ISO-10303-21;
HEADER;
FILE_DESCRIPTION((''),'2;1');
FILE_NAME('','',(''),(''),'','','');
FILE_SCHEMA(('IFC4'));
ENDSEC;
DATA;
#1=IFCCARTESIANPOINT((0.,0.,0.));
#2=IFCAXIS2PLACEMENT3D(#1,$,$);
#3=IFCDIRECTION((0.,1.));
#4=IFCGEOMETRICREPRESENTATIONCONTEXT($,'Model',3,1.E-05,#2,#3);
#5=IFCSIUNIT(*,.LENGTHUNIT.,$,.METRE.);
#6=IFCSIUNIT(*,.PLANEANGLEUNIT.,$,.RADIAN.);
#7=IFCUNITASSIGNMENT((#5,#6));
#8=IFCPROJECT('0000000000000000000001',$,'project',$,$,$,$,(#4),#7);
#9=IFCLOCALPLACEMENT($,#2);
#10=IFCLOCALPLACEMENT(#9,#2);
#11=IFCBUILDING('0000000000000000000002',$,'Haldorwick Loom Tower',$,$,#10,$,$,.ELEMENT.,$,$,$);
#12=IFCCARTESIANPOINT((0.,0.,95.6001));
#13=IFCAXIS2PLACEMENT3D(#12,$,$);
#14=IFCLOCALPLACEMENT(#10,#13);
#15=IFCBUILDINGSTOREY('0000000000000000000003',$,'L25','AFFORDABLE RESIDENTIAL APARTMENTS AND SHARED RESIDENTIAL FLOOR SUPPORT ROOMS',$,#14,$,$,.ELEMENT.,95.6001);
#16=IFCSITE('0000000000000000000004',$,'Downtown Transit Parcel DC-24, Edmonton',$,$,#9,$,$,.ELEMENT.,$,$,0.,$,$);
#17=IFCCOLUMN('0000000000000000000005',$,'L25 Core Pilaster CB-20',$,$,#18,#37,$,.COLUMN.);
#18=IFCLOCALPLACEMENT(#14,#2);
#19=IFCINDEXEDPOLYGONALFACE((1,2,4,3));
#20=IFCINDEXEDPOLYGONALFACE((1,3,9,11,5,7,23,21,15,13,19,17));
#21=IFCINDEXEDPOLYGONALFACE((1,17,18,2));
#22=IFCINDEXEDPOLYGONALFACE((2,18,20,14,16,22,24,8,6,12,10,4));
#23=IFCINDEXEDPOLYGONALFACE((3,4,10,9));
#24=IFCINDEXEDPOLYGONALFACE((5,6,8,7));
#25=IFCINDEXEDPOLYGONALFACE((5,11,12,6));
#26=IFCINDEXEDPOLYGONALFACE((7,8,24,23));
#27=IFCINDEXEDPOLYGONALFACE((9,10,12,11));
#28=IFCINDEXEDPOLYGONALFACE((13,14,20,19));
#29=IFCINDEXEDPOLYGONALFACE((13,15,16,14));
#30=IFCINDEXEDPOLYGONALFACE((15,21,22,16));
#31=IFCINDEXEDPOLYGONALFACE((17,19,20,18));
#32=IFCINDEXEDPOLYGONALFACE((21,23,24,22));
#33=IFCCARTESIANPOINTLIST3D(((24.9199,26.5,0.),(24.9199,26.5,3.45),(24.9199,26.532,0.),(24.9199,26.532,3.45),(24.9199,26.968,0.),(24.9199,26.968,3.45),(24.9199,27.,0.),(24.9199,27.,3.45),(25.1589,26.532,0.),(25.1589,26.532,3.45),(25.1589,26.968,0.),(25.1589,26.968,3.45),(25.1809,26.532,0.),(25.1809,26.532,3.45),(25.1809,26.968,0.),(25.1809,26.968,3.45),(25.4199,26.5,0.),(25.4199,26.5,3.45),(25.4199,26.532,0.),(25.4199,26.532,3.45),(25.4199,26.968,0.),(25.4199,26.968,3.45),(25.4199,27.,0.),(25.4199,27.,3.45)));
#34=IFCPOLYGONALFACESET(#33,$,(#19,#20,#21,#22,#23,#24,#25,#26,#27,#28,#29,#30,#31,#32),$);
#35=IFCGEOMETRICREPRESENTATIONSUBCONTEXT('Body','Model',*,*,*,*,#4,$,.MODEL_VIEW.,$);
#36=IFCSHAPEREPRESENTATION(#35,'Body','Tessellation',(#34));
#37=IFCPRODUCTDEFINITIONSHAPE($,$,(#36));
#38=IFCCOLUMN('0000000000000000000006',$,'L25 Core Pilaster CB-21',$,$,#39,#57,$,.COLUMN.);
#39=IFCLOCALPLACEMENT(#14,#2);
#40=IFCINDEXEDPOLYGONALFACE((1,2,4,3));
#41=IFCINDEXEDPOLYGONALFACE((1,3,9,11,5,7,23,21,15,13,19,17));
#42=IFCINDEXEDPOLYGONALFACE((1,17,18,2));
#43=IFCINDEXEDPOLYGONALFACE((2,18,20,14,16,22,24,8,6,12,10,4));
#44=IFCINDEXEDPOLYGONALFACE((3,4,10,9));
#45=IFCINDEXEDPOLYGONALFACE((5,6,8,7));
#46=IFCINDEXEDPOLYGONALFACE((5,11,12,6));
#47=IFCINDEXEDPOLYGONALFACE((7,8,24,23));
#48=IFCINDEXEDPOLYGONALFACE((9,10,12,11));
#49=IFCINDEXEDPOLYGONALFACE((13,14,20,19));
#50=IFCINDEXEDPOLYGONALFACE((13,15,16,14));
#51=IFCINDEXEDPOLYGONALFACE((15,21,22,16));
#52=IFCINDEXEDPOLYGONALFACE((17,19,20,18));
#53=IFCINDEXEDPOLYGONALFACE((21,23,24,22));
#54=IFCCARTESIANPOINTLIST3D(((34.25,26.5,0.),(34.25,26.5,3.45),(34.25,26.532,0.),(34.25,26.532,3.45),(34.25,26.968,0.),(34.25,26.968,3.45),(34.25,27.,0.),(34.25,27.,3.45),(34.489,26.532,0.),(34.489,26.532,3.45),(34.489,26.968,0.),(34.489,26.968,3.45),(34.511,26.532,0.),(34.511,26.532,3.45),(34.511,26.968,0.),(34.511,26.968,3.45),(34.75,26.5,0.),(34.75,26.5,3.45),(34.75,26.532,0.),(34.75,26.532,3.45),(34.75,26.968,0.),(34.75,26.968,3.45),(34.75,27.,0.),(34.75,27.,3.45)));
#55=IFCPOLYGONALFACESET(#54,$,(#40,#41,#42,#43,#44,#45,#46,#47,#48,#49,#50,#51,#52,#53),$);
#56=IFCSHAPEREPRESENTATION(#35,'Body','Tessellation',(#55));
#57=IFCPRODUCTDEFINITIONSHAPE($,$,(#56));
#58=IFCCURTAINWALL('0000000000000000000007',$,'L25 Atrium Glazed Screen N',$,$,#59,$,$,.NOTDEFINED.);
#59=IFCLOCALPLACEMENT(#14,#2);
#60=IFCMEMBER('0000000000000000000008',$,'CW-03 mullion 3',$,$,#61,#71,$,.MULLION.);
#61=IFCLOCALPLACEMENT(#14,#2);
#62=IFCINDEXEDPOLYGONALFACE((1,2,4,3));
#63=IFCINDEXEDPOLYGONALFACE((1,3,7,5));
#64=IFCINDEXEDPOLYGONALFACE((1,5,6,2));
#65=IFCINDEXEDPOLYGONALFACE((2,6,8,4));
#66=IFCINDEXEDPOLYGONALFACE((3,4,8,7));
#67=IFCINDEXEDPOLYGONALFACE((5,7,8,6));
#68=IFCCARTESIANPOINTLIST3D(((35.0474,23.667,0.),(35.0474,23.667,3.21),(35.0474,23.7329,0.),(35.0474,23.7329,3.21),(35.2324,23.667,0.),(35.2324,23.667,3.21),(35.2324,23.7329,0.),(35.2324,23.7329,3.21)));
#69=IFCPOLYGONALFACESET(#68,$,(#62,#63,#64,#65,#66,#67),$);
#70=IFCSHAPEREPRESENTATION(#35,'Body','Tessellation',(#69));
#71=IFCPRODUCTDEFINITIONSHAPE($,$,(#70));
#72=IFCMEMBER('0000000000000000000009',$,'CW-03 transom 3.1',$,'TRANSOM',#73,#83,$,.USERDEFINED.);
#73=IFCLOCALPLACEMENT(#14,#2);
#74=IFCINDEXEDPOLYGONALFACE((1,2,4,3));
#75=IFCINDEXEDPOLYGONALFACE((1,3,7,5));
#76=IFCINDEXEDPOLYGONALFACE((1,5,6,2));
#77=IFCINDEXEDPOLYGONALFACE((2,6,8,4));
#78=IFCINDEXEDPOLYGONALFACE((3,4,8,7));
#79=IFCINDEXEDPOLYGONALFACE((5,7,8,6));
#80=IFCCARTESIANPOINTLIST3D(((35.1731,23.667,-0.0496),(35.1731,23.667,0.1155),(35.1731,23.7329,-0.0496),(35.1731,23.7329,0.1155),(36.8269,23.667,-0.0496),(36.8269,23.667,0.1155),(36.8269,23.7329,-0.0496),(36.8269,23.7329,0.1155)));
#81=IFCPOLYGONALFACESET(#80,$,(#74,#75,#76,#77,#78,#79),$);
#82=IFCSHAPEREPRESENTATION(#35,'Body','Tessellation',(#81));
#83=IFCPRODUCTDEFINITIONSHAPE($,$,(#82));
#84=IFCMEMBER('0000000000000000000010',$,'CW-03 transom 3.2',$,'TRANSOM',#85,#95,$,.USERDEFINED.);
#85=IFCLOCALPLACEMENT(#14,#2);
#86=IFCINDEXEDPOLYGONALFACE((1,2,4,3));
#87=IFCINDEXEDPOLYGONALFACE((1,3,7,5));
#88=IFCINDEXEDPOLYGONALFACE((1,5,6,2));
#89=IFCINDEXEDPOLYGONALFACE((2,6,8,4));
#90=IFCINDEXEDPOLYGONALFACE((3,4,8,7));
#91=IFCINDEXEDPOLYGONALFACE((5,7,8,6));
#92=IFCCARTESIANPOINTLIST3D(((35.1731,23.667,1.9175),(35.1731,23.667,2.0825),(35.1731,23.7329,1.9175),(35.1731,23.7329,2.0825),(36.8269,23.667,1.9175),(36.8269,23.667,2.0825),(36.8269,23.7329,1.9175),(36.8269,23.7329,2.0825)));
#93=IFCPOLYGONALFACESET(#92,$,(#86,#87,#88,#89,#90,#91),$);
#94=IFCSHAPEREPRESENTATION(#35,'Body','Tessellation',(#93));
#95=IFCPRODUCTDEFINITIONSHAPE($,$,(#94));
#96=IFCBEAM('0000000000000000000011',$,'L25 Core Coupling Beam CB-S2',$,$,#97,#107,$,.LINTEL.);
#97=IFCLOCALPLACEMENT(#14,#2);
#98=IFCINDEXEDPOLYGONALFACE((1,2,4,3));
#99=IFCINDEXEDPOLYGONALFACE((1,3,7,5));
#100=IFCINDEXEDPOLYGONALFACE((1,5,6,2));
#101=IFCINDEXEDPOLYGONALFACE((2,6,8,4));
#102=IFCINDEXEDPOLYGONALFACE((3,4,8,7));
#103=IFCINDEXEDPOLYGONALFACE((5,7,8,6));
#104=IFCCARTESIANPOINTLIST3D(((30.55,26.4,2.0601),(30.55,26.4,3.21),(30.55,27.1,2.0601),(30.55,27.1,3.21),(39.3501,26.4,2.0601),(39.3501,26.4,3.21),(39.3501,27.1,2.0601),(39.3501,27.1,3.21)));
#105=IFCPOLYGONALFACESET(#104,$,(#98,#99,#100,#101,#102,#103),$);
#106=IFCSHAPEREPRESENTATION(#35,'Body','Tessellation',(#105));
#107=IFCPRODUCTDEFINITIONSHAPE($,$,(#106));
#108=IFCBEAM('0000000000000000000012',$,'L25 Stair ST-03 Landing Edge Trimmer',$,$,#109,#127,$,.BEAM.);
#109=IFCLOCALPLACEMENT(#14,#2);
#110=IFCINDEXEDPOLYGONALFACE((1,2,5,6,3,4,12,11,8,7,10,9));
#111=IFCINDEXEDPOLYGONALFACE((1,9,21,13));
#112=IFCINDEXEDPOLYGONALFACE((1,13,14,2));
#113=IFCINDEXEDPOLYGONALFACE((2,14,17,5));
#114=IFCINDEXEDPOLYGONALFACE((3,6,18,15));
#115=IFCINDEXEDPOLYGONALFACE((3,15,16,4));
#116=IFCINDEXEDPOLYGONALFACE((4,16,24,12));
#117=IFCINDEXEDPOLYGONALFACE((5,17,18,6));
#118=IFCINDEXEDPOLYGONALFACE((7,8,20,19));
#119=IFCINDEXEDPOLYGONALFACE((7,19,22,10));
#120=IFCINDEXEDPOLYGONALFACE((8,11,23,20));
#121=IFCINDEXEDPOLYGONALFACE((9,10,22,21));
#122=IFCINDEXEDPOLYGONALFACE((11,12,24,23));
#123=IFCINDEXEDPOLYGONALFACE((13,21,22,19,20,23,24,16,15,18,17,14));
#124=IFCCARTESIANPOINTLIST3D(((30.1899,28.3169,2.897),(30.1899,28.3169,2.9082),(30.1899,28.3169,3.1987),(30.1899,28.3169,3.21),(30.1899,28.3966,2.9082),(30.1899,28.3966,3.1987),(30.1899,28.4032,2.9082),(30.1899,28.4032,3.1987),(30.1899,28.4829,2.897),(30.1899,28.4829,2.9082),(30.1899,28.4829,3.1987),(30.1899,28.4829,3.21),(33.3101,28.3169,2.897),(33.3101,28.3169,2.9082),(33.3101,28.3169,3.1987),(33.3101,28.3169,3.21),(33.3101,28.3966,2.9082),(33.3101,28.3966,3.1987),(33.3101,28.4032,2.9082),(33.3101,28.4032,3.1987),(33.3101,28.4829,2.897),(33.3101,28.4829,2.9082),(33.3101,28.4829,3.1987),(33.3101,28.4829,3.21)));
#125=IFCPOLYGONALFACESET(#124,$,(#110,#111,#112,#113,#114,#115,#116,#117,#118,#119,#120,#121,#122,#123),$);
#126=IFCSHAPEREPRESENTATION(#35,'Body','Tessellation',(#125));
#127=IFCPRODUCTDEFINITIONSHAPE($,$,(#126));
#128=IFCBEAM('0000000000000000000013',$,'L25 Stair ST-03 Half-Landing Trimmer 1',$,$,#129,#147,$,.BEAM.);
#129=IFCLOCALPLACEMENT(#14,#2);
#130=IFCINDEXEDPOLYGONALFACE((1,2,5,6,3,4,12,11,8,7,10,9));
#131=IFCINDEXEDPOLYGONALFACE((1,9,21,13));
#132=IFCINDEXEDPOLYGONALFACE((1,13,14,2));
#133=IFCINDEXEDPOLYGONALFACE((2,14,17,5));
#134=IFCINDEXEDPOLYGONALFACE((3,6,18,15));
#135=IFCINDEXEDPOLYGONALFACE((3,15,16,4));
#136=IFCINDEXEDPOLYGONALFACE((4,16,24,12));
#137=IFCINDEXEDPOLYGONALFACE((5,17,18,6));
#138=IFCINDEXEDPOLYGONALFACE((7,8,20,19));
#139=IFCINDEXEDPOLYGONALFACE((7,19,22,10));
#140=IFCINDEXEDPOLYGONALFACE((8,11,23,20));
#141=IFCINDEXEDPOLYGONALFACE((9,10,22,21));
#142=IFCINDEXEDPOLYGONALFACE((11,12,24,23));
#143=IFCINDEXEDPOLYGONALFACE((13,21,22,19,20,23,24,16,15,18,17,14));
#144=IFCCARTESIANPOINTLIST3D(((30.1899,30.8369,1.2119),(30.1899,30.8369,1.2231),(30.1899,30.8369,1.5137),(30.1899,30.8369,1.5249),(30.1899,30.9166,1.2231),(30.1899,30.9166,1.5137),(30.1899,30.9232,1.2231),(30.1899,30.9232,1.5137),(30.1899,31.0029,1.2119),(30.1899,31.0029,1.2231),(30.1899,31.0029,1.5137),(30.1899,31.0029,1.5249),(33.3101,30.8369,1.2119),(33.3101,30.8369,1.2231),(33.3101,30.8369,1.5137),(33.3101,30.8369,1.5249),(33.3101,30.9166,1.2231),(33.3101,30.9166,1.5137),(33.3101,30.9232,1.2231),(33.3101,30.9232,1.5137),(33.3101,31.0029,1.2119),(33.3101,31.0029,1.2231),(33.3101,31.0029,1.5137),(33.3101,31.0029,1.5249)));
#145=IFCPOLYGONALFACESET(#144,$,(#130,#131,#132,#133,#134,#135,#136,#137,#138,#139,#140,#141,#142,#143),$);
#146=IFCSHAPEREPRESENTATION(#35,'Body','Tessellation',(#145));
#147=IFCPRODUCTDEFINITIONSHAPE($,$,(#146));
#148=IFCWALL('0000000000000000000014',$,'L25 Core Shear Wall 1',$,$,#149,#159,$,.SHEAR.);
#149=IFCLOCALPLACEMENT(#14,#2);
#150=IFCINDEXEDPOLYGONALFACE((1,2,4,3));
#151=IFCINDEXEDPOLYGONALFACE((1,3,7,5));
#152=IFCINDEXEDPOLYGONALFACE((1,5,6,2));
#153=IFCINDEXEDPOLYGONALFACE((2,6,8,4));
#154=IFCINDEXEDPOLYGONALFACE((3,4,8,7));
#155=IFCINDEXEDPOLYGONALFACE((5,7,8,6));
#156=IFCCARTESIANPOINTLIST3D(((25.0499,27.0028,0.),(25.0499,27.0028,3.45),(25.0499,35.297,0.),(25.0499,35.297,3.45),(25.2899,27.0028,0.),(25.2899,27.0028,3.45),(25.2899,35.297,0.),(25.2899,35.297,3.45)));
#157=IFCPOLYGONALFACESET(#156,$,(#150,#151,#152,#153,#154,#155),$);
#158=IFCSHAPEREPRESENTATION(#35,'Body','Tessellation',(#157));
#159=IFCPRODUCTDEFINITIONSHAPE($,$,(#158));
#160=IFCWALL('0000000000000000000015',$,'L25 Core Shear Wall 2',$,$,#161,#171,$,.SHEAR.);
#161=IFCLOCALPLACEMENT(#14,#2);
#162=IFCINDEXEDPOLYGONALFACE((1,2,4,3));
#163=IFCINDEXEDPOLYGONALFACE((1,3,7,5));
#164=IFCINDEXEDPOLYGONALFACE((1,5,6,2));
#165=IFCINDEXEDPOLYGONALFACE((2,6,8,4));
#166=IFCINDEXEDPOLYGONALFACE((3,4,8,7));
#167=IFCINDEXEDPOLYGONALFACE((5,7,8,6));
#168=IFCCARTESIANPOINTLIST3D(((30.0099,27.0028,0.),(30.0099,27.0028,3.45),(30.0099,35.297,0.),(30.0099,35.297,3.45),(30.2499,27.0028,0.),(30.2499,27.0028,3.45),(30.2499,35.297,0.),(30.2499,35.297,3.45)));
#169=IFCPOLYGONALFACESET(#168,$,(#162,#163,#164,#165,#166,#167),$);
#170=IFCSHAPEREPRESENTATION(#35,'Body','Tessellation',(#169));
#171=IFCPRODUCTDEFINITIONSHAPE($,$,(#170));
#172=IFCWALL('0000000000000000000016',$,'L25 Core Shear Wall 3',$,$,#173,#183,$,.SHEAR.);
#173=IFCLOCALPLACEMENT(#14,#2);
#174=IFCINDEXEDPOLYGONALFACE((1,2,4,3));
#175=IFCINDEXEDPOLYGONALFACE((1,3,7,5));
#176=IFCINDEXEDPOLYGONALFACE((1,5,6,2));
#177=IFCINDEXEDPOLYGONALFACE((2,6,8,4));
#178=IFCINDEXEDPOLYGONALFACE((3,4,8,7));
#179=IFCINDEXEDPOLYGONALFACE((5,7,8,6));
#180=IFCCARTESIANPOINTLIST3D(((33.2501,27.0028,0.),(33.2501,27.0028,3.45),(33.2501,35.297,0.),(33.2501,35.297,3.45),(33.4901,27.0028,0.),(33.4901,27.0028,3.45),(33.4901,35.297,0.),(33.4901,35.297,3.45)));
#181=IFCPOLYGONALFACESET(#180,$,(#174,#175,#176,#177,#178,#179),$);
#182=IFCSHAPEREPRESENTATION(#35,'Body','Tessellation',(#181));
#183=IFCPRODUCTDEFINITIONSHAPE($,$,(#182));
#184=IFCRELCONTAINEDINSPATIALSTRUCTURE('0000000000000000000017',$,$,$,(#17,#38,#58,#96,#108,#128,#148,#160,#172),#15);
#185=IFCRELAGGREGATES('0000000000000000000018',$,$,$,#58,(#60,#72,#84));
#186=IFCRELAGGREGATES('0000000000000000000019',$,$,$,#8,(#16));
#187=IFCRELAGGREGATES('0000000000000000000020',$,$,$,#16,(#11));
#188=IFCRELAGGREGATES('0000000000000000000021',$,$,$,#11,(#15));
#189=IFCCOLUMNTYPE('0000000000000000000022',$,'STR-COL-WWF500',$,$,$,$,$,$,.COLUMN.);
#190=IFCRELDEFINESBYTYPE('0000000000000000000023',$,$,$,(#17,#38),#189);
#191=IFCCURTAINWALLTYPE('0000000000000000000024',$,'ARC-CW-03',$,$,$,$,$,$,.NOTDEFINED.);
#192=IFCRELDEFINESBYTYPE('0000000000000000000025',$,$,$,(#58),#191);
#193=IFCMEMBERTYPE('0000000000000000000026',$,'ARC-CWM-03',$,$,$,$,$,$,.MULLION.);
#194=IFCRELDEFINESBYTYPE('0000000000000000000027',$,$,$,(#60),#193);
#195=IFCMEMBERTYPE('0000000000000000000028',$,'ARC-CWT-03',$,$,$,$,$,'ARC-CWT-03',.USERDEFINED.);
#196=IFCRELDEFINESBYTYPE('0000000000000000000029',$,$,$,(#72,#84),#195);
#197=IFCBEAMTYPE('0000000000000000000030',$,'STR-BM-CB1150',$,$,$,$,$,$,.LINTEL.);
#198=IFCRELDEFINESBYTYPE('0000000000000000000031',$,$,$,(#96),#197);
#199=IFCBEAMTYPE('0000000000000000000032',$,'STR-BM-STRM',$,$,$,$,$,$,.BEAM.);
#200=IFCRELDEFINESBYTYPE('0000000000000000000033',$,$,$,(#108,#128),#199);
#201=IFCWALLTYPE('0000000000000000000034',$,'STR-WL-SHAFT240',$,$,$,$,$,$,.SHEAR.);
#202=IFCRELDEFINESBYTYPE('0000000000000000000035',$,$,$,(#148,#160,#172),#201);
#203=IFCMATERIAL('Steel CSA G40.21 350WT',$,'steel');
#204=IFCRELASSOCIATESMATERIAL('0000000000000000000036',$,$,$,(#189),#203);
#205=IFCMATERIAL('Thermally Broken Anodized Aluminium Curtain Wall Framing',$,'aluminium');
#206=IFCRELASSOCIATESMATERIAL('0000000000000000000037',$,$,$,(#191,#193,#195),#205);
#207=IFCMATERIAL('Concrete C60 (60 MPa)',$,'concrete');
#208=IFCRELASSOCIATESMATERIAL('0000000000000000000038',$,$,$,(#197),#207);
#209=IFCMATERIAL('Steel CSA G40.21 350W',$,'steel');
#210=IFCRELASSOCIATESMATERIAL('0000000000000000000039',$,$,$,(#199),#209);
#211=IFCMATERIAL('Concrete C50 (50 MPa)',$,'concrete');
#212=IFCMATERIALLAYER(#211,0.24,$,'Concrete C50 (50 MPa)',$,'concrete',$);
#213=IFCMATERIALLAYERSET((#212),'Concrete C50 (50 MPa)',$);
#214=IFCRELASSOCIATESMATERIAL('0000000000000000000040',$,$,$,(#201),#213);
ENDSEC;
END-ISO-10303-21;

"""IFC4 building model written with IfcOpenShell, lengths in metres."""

from ifc_helpers import new_model, si_unit, direction, frame, frame_2d, origin, origin_2d, place, context, subcontext, project, spatial, rectangle, i_section, extrude, material, layer, layer_set, material_profile, profile_set, type_object, element, aggregate, save


model = new_model("IFC4")

# Units and contexts
model_context = context("Model", 3, precision=1e-05, world=origin(), true_north=direction((0.0, 1.0)))
body_context = subcontext(model_context, "Body", "Model", "MODEL_VIEW")
ifc_project = project(units=[si_unit("LENGTHUNIT", "METRE"), si_unit("PLANEANGLEUNIT", "RADIAN")], contexts=[model_context])

# Site, building, storey
site_placement = place(None, origin())
site = spatial("IfcSite", under=ifc_project, at=site_placement, Name="Downtown Transit Parcel DC-24, Edmonton", CompositionType="ELEMENT", RefElevation=0.0)
building_placement = place(site_placement, origin())
building = spatial("IfcBuilding", under=site, at=building_placement, Name="Haldorwick Loom Tower", CompositionType="ELEMENT")
storey_placement = place(building_placement, frame((0.0, 0.0, 95.6001)))
storey = spatial("IfcBuildingStorey", under=building, at=storey_placement, Name="L25", Description="AFFORDABLE RESIDENTIAL APARTMENTS AND SHARED RESIDENTIAL FLOOR SUPPORT ROOMS", CompositionType="ELEMENT", Elevation=95.6001)

# Columns
ifc_material_1 = material(Name="Steel CSA G40.21 350WT", Category="steel")
ifc_material_profile_1 = material_profile(ifc_material_1, i_section(OverallWidth=0.5, OverallDepth=0.5, WebThickness=0.022, FlangeThickness=0.032, at=origin_2d()), Name="WWF500X500", Category="steel")
ifc_profile_set_1 = profile_set([ifc_material_profile_1], Name="Steel CSA G40.21 350WT")
column_type = type_object("IfcColumnType", Name="STR-COL-WWF500", PredefinedType="COLUMN", material=ifc_profile_set_1)
for number, where, z_axis, x_axis, name in (
    (1, (25.1699, 26.75, 0.0), (0.0, 0.0, 1.0), (1.0, 0.0, 0.0), "L25 Core Pilaster CB-20"),
    (2, (34.5, 26.75, 0.0), (0.0, 0.0, 1.0), (1.0, 0.0, 0.0), "L25 Core Pilaster CB-21"),
):
    element("IfcColumn", number, at=place(storey_placement, frame(where, z_axis=z_axis, x_axis=x_axis)), inside=storey, type_object=column_type, Name=name, PredefinedType="COLUMN", context=body_context, shape_type="SweptSolid", body=[
        extrude(i_section(OverallWidth=0.5, OverallDepth=0.5, WebThickness=0.022, FlangeThickness=0.032, at=origin_2d()), origin(), (0.0, 0.0, 1.0), 3.45),
    ])

# Curtain wall, members
ifc_material_2 = material(Name="Thermally Broken Anodized Aluminium Curtain Wall Framing", Category="aluminium")
curtain_wall_type = type_object("IfcCurtainWallType", Name="ARC-CW-03", PredefinedType="NOTDEFINED", material=ifc_material_2)
curtain_wall_placement = place(storey_placement, origin())
curtain_wall = element("IfcCurtainWall", 3, at=curtain_wall_placement, inside=storey, type_object=curtain_wall_type, Name="L25 Atrium Glazed Screen N", PredefinedType="NOTDEFINED")
ifc_material_profile_2 = material_profile(ifc_material_2, rectangle(XDim=0.0659, YDim=0.1851, at=origin_2d()), Name="ALU_MUL_66X185", Category="aluminium")
ifc_profile_set_2 = profile_set([ifc_material_profile_2], Name="Thermally Broken Anodized Aluminium Curtain Wall Framing")
member_type_1 = type_object("IfcMemberType", Name="ARC-CWM-03", PredefinedType="MULLION", material=ifc_profile_set_2)
member_1_placement = place(storey_placement, frame((35.1399, 23.7, 0.0), z_axis=(0.0, 0.0, 1.0), x_axis=(0.0, 1.0, 0.0)))
member_1 = element("IfcMember", 4, at=member_1_placement, type_object=member_type_1, Name="CW-03 mullion 3", PredefinedType="MULLION", context=body_context, shape_type="SweptSolid", body=[
    extrude(rectangle(XDim=0.0659, YDim=0.1851, at=origin_2d()), origin(), (0.0, 0.0, 1.0), 3.21),
])
ifc_material_profile_3 = material_profile(ifc_material_2, rectangle(XDim=0.0659, YDim=0.165, at=origin_2d()), Name="ALU_TRN_66X165", Category="aluminium")
ifc_profile_set_3 = profile_set([ifc_material_profile_3], Name="Thermally Broken Anodized Aluminium Curtain Wall Framing")
member_type_2 = type_object("IfcMemberType", Name="ARC-CWT-03", ElementType="ARC-CWT-03", PredefinedType="USERDEFINED", material=ifc_profile_set_3)
member_2_placement = place(storey_placement, frame((35.1731, 23.7, 0.033), z_axis=(1.0, 0.0, 0.0), x_axis=(0.0, 1.0, 0.0)))
member_2 = element("IfcMember", 5, at=member_2_placement, type_object=member_type_2, Name="CW-03 transom 3.1", ObjectType="TRANSOM", PredefinedType="USERDEFINED", context=body_context, shape_type="SweptSolid", body=[
    extrude(rectangle(XDim=0.0659, YDim=0.165, at=origin_2d()), origin(), (0.0, 0.0, 1.0), 1.6538),
])
member_3_placement = place(storey_placement, frame((35.1731, 23.7, 2.0), z_axis=(1.0, 0.0, 0.0), x_axis=(0.0, 1.0, 0.0)))
member_3 = element("IfcMember", 6, at=member_3_placement, type_object=member_type_2, Name="CW-03 transom 3.2", ObjectType="TRANSOM", PredefinedType="USERDEFINED", context=body_context, shape_type="SweptSolid", body=[
    extrude(rectangle(XDim=0.0659, YDim=0.165, at=origin_2d()), origin(), (0.0, 0.0, 1.0), 1.6538),
])
aggregate(curtain_wall, [member_1, member_2, member_3])

# Beams
ifc_material_3 = material(Name="Concrete C60 (60 MPa)", Category="concrete")
ifc_material_profile_4 = material_profile(ifc_material_3, rectangle(XDim=0.7, YDim=1.1499, at=origin_2d()), Name="RC700X1150", Category="concrete")
ifc_profile_set_4 = profile_set([ifc_material_profile_4], Name="Concrete C60 (60 MPa)")
beam_type_1 = type_object("IfcBeamType", Name="STR-BM-CB1150", PredefinedType="LINTEL", material=ifc_profile_set_4)
beam_placement = place(storey_placement, frame((30.55, 26.75, 2.635), z_axis=(1.0, 0.0, 0.0), x_axis=(0.0, 1.0, 0.0)))
element("IfcBeam", 7, at=beam_placement, inside=storey, type_object=beam_type_1, Name="L25 Core Coupling Beam CB-S2", PredefinedType="LINTEL", context=body_context, shape_type="SweptSolid", body=[
    extrude(rectangle(XDim=0.7, YDim=1.1499, at=origin_2d()), origin(), (0.0, 0.0, 1.0), 8.8),
])
ifc_material_4 = material(Name="Steel CSA G40.21 350W", Category="steel")
ifc_material_profile_5 = material_profile(ifc_material_4, i_section(OverallWidth=0.166, OverallDepth=0.313, WebThickness=0.0066, FlangeThickness=0.0112, at=origin_2d()), Name="W310X45", Category="steel")
ifc_profile_set_5 = profile_set([ifc_material_profile_5], Name="Steel CSA G40.21 350W")
beam_type_2 = type_object("IfcBeamType", Name="STR-BM-STRM", PredefinedType="BEAM", material=ifc_profile_set_5)
for number, where, z_axis, x_axis, name in (
    (8, (30.1899, 28.3999, 3.0535), (1.0, 0.0, 0.0), (0.0, 1.0, 0.0), "L25 Stair ST-03 Landing Edge Trimmer"),
    (9, (30.1899, 30.9199, 1.3684), (1.0, 0.0, 0.0), (0.0, 1.0, 0.0), "L25 Stair ST-03 Half-Landing Trimmer 1"),
):
    element("IfcBeam", number, at=place(storey_placement, frame(where, z_axis=z_axis, x_axis=x_axis)), inside=storey, type_object=beam_type_2, Name=name, PredefinedType="BEAM", context=body_context, shape_type="SweptSolid", body=[
        extrude(i_section(OverallWidth=0.166, OverallDepth=0.313, WebThickness=0.0066, FlangeThickness=0.0112, at=origin_2d()), origin(), (0.0, 0.0, 1.0), 3.1201),
    ])

# Walls
ifc_material_5 = material(Name="Concrete C50 (50 MPa)", Category="concrete")
ifc_layer = layer(ifc_material_5, 0.24, Name="Concrete C50 (50 MPa)", Category="concrete")
ifc_layer_set = layer_set([ifc_layer], Name="Concrete C50 (50 MPa)")
wall_type = type_object("IfcWallType", Name="STR-WL-SHAFT240", PredefinedType="SHEAR", material=ifc_layer_set)
for number, where, z_axis, x_axis, name in (
    (10, (25.1699, 27.0029, 0.0), (0.0, 0.0, 1.0), (0.0, 1.0, 0.0), "L25 Core Shear Wall 1"),
    (11, (30.1299, 27.0029, 0.0), (0.0, 0.0, 1.0), (0.0, 1.0, 0.0), "L25 Core Shear Wall 2"),
    (12, (33.3701, 27.0029, 0.0), (0.0, 0.0, 1.0), (0.0, 1.0, 0.0), "L25 Core Shear Wall 3"),
):
    element("IfcWall", number, at=place(storey_placement, frame(where, z_axis=z_axis, x_axis=x_axis)), inside=storey, type_object=wall_type, Name=name, PredefinedType="SHEAR", context=body_context, shape_type="SweptSolid", body=[
        extrude(rectangle(XDim=8.2942, YDim=0.24, at=frame_2d((4.147, 0.0))), origin(), (0.0, 0.0, 1.0), 3.45),
    ])

save(model, "model.ifc")
